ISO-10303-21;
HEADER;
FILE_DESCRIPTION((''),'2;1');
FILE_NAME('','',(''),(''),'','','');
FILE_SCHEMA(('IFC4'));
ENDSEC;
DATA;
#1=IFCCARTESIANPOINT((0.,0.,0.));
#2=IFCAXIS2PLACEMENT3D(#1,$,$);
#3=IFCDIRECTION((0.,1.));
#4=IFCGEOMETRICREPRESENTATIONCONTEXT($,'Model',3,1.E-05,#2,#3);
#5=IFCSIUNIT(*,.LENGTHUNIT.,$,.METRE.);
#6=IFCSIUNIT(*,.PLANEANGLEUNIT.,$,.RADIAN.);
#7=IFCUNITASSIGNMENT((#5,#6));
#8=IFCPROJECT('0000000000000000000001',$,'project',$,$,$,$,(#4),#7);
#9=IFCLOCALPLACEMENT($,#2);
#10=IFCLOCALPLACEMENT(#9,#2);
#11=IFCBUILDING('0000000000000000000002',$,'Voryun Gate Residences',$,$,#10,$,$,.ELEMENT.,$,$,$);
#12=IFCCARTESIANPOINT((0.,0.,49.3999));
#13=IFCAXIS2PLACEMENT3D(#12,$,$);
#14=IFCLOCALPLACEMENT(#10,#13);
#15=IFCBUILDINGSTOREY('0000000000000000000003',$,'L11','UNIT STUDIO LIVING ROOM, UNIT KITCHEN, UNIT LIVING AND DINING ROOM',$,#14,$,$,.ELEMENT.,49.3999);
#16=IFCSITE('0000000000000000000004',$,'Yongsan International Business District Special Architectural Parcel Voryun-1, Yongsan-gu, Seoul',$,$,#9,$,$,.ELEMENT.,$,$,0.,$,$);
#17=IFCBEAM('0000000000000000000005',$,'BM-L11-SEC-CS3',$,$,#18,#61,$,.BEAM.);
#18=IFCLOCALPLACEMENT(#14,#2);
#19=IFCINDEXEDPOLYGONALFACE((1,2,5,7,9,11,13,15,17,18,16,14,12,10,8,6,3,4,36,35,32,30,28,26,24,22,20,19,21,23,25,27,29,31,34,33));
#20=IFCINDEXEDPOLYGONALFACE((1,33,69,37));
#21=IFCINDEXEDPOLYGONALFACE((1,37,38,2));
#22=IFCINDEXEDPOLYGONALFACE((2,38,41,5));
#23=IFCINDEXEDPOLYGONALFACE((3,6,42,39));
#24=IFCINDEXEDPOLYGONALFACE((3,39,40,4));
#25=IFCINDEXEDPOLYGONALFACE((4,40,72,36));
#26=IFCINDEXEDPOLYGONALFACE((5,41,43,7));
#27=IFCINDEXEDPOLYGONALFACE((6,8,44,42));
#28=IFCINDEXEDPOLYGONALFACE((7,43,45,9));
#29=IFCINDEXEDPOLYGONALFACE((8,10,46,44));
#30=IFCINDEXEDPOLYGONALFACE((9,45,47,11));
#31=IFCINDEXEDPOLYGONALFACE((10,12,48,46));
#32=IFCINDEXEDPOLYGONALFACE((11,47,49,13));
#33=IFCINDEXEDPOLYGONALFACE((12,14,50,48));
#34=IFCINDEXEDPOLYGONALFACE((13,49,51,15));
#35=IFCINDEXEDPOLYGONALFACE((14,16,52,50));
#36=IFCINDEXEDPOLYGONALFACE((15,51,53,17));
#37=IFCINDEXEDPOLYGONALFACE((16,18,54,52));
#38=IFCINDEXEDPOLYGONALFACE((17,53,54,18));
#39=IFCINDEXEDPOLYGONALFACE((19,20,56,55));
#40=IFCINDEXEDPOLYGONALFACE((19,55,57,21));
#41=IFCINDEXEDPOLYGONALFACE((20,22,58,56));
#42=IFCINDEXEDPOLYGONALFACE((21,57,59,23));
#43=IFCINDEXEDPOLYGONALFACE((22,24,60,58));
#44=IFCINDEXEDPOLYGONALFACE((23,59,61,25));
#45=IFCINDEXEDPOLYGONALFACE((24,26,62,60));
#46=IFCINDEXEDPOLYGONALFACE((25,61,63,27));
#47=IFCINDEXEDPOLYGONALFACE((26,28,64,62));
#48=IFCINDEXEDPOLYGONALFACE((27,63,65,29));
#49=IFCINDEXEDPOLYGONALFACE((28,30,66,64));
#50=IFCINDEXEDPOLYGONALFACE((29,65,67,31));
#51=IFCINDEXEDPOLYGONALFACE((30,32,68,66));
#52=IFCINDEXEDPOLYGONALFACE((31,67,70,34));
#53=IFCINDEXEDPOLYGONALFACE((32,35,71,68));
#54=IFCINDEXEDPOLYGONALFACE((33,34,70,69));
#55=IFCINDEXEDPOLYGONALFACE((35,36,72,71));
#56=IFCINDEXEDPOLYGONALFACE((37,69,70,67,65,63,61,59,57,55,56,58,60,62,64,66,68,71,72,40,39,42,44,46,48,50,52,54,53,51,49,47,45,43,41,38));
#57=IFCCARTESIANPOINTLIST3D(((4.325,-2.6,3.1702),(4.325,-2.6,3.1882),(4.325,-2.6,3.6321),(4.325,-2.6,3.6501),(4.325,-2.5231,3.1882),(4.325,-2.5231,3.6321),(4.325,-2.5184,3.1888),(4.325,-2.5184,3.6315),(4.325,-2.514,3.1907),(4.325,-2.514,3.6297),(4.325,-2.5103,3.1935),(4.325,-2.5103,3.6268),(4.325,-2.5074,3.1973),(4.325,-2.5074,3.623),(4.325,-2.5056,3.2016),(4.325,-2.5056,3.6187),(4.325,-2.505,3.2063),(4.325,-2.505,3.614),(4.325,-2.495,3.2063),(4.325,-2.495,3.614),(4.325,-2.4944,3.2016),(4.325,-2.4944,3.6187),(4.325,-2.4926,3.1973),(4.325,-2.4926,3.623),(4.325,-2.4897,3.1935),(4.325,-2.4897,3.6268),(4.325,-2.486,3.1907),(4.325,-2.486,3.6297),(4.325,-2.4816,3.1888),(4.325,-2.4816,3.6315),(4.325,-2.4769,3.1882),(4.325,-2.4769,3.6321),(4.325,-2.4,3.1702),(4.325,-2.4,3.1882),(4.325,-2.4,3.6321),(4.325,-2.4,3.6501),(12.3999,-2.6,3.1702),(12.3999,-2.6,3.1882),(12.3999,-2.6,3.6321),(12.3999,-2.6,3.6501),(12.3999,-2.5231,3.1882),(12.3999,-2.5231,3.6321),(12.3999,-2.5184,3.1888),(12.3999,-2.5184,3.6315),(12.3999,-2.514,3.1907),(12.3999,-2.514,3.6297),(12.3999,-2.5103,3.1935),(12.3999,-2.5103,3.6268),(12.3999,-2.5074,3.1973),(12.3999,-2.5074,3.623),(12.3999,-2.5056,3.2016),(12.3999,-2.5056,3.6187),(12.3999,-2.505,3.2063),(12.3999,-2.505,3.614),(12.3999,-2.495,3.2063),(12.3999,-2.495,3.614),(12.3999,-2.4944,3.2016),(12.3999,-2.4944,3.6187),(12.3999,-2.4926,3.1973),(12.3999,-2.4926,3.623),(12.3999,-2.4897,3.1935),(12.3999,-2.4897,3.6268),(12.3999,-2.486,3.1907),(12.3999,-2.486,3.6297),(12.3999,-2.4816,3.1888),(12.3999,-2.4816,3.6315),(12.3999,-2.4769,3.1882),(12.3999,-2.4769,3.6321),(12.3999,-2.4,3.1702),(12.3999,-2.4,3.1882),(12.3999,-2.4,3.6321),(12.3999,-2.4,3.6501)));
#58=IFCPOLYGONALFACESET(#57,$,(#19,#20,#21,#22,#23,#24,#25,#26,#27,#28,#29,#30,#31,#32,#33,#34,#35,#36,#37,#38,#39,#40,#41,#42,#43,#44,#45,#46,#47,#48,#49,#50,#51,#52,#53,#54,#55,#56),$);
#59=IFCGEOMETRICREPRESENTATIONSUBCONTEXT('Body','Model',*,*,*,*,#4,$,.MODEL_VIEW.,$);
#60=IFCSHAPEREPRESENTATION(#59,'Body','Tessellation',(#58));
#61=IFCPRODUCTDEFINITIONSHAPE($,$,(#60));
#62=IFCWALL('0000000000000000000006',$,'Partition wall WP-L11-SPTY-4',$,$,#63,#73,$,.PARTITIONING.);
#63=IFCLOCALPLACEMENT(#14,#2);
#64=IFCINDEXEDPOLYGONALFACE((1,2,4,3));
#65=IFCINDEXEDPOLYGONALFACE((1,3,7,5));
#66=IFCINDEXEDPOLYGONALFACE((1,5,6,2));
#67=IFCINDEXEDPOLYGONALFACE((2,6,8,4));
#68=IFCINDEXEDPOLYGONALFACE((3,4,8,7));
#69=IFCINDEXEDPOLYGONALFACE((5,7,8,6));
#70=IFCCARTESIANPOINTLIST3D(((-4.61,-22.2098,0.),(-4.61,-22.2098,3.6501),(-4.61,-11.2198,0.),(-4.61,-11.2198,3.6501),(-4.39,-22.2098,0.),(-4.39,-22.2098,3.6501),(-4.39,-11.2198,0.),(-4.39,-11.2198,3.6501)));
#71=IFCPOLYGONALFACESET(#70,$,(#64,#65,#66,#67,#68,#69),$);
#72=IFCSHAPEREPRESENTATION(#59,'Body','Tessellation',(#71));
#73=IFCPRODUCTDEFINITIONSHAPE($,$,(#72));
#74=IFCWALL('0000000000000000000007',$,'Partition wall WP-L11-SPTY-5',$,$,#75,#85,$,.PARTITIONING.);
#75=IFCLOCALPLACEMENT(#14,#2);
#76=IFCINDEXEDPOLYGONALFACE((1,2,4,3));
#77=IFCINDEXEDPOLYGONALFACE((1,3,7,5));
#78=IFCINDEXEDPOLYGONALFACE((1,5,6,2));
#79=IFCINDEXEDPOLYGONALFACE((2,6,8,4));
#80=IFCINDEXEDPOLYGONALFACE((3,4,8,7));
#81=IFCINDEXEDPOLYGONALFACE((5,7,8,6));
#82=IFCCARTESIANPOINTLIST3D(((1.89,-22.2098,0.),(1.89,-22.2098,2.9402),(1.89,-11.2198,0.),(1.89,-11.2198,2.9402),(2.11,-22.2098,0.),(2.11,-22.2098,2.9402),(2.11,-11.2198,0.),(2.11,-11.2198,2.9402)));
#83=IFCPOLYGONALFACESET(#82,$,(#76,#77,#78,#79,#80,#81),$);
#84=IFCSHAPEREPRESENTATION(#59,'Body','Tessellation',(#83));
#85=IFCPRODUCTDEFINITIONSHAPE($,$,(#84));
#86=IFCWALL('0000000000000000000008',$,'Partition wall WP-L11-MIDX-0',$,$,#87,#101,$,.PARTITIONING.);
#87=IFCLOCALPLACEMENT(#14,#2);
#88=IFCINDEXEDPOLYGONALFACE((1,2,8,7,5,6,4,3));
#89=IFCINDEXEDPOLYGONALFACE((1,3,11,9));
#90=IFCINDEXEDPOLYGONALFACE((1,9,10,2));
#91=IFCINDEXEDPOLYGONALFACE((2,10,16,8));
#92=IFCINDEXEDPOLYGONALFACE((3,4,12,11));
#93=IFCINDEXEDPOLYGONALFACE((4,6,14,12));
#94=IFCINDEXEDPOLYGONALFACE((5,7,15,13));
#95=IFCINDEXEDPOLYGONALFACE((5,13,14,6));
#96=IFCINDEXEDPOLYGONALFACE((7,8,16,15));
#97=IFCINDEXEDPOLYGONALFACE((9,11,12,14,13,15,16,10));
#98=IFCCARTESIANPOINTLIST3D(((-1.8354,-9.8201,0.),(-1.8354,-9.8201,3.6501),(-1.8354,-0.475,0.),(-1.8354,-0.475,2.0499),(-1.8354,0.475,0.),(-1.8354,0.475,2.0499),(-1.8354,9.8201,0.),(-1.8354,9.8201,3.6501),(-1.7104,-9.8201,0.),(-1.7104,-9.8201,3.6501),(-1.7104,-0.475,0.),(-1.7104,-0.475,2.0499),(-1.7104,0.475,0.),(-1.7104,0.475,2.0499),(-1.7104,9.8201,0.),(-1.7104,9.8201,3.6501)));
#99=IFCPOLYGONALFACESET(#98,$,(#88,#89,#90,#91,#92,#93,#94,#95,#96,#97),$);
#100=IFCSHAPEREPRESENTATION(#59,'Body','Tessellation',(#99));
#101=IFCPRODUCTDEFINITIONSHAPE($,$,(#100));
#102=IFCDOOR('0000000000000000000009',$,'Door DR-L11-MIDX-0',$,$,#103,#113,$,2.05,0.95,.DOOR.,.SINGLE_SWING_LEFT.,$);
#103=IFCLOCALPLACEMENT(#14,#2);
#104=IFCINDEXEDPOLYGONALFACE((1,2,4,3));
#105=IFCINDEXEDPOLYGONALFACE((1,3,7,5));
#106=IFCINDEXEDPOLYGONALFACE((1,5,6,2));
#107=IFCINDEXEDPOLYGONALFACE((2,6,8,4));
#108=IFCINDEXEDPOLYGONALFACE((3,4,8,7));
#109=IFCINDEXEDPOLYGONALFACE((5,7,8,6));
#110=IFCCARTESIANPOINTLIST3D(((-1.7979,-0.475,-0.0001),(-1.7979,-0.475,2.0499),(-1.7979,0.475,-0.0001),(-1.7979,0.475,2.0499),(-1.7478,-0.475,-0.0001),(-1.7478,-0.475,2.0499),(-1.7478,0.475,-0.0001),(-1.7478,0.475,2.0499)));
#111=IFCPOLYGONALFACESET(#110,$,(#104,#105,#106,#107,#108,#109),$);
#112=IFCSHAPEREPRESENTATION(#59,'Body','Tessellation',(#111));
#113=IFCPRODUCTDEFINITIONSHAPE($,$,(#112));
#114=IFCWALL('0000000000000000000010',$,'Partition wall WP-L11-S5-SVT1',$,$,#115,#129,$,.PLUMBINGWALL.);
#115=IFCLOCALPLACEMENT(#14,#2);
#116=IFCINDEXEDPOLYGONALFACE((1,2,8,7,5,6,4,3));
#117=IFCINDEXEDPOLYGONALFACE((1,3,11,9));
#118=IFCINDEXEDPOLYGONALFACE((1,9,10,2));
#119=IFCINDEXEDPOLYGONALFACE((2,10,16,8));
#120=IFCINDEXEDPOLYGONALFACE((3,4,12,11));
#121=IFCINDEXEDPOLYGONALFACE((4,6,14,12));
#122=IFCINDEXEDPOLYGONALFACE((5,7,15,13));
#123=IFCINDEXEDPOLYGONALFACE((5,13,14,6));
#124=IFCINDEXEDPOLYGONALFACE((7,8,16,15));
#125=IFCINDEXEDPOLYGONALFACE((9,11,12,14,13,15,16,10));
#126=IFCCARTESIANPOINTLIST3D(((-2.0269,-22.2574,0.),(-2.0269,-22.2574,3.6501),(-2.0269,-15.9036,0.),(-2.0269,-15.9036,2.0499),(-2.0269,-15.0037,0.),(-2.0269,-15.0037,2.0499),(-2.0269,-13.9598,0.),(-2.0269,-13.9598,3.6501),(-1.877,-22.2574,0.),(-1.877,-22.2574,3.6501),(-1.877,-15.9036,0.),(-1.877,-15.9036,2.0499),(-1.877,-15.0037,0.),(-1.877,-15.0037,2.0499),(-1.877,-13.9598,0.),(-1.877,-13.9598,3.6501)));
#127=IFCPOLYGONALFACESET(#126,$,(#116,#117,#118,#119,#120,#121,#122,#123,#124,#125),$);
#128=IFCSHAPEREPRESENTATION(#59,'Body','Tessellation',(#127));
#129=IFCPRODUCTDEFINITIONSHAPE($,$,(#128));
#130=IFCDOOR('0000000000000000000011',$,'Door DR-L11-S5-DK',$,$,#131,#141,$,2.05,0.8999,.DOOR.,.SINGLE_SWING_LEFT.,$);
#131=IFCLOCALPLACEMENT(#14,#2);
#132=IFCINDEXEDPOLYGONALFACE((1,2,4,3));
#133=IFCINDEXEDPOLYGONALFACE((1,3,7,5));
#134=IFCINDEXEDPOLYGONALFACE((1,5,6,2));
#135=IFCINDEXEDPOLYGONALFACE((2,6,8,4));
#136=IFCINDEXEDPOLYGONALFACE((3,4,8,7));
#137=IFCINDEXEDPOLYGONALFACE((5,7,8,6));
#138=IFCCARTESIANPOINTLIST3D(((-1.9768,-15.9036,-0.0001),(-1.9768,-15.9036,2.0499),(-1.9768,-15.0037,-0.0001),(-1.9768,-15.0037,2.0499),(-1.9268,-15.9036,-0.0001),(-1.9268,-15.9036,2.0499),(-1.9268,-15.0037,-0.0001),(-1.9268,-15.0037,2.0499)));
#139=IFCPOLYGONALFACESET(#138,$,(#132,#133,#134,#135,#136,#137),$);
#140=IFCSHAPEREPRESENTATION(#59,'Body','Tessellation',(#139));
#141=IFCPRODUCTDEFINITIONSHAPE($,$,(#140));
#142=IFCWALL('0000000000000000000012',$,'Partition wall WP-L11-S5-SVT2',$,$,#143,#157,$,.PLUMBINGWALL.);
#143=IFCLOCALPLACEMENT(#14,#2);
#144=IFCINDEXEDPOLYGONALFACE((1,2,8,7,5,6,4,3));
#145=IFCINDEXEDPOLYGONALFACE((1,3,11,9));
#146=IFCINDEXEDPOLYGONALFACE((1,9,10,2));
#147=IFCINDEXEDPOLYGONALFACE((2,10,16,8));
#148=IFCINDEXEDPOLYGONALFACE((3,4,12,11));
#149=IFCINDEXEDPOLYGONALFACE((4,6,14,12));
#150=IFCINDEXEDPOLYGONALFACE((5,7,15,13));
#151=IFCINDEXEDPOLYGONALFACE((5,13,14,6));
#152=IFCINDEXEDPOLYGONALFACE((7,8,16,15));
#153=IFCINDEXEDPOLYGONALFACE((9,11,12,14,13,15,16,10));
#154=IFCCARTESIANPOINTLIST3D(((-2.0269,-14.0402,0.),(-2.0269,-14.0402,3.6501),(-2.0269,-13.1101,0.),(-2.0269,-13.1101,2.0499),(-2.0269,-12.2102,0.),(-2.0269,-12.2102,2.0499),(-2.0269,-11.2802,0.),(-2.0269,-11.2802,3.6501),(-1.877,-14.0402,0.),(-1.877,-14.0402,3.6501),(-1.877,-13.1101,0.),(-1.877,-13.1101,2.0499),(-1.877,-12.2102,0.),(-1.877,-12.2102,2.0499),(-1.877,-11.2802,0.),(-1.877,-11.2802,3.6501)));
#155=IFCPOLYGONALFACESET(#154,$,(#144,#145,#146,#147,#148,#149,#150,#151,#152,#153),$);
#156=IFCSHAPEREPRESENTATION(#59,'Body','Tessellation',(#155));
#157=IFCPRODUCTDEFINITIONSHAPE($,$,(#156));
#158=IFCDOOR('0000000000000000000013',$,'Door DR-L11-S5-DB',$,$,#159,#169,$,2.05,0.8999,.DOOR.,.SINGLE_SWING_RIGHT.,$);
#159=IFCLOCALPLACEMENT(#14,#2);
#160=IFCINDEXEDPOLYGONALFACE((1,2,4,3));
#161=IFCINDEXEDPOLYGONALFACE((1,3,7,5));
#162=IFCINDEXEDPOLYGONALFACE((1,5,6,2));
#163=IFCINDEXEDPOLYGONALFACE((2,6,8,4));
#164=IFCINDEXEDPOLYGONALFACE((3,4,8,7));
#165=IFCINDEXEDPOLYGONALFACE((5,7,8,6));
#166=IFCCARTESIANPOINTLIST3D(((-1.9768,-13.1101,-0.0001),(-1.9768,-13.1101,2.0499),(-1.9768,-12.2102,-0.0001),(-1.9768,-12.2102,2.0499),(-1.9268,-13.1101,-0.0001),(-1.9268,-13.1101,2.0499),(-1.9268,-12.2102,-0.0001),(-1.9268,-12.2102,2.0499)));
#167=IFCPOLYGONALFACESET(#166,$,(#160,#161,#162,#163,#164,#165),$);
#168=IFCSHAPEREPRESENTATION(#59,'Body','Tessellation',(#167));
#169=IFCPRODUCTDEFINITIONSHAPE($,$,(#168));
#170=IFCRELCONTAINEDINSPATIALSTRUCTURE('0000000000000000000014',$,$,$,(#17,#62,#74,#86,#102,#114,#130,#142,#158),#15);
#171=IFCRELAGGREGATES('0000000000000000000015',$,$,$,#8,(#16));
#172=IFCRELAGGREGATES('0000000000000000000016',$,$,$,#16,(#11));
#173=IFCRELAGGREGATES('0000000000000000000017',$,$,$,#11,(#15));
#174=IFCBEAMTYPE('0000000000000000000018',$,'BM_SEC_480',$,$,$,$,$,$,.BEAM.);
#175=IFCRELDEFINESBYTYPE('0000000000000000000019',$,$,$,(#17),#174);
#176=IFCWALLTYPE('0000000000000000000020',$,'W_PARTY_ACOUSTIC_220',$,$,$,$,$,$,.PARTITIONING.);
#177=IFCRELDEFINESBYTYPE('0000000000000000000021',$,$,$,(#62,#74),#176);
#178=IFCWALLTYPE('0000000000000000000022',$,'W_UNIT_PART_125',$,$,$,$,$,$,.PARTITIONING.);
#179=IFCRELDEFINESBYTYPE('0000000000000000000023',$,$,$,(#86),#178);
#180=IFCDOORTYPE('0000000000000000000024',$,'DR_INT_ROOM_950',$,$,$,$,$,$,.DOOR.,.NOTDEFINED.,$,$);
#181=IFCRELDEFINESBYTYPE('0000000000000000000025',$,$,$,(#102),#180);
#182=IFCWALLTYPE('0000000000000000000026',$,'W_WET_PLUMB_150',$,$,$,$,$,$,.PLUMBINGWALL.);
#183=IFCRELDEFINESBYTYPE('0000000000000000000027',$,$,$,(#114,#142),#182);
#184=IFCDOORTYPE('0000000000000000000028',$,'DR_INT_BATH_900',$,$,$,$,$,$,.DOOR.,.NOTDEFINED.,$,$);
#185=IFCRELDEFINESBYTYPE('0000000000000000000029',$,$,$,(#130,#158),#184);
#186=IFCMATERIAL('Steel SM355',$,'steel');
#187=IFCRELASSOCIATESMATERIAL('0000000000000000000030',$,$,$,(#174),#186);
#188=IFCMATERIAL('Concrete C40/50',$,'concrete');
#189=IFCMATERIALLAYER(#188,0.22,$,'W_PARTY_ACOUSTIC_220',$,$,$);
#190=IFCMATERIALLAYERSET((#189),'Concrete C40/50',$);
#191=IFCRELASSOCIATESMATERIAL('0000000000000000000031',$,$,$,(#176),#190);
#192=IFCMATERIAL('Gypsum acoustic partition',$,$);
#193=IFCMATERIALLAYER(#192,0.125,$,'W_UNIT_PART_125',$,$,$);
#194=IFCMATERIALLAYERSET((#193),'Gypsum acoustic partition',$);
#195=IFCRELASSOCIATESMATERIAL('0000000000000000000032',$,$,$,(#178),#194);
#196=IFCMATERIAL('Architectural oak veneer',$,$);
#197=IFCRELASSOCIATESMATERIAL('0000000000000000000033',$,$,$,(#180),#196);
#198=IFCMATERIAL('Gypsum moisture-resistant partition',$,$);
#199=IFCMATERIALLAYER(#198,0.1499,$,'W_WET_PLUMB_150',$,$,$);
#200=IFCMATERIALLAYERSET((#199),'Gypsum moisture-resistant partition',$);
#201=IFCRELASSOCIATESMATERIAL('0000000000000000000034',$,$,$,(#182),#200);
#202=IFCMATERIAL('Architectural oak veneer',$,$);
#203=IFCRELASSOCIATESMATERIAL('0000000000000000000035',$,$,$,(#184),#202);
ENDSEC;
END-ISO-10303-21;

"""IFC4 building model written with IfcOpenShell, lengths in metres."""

from ifc_helpers import new_model, si_unit, direction, frame, frame_2d, origin, origin_2d, place, context, subcontext, project, spatial, rectangle, i_section, extrude, material, layer, layer_set, material_profile, profile_set, type_object, element, fill, save


model = new_model("IFC4")

# Units and contexts
model_context = context("Model", 3, precision=1e-05, world=origin(), true_north=direction((0.0, 1.0)))
body_context = subcontext(model_context, "Body", "Model", "MODEL_VIEW")
ifc_project = project(units=[si_unit("LENGTHUNIT", "METRE"), si_unit("PLANEANGLEUNIT", "RADIAN")], contexts=[model_context])

# Site, building, storey
site_placement = place(None, origin())
site = spatial("IfcSite", under=ifc_project, at=site_placement, Name="Yongsan International Business District Special Architectural Parcel Voryun-1, Yongsan-gu, Seoul", CompositionType="ELEMENT", RefElevation=0.0)
building_placement = place(site_placement, origin())
building = spatial("IfcBuilding", under=site, at=building_placement, Name="Voryun Gate Residences", CompositionType="ELEMENT")
storey_placement = place(building_placement, frame((0.0, 0.0, 49.3999)))
storey = spatial("IfcBuildingStorey", under=building, at=storey_placement, Name="L11", Description="UNIT STUDIO LIVING ROOM, UNIT KITCHEN, UNIT LIVING AND DINING ROOM", CompositionType="ELEMENT", Elevation=49.3999)

# Beam
ifc_material_1 = material(Name="Steel SM355", Category="steel")
ifc_material_profile_1 = material_profile(ifc_material_1, i_section(OverallWidth=0.2, OverallDepth=0.48, WebThickness=0.01, FlangeThickness=0.0181, FilletRadius=0.0181, at=origin_2d()), Name="H-480x200x10x18")
ifc_profile_set_1 = profile_set([ifc_material_profile_1], Name="Steel SM355")
beam_type_1 = type_object("IfcBeamType", Name="BM_SEC_480", PredefinedType="BEAM", material=ifc_profile_set_1)
beam_1_placement = place(storey_placement, frame((4.325, -2.5, 3.4102), z_axis=(1.0, 0.0, 0.0), x_axis=(0.0, 1.0, 0.0)))
element("IfcBeam", 1, at=beam_1_placement, inside=storey, type_object=beam_type_1, Name="BM-L11-SEC-CS3", PredefinedType="BEAM", context=body_context, shape_type="SweptSolid", body=[
    extrude(i_section(OverallWidth=0.2, OverallDepth=0.48, WebThickness=0.01, FlangeThickness=0.0181, FilletRadius=0.0181, at=origin_2d()), origin(), (0.0, 0.0, 1.0), 8.075),
])

# Walls
ifc_material_2 = material(Name="Concrete C40/50", Category="concrete")
ifc_layer_1 = layer(ifc_material_2, 0.22, Name="W_PARTY_ACOUSTIC_220")
ifc_layer_set_1 = layer_set([ifc_layer_1], Name="Concrete C40/50")
wall_type_1 = type_object("IfcWallType", Name="W_PARTY_ACOUSTIC_220", PredefinedType="PARTITIONING", material=ifc_layer_set_1)
wall_1_placement = place(storey_placement, frame((-4.5, -22.21, 0.0), z_axis=(0.0, 0.0, 1.0), x_axis=(0.0, 1.0, 0.0)))
element("IfcWall", 2, at=wall_1_placement, inside=storey, type_object=wall_type_1, Name="Partition wall WP-L11-SPTY-4", PredefinedType="PARTITIONING", context=body_context, shape_type="SweptSolid", body=[
    extrude(rectangle(XDim=10.99, YDim=0.22, at=frame_2d((5.4951, 0.0))), origin(), (0.0, 0.0, 1.0), 3.6501),
])
wall_2_placement = place(storey_placement, frame((2.0, -22.21, 0.0), z_axis=(0.0, 0.0, 1.0), x_axis=(0.0, 1.0, 0.0)))
element("IfcWall", 3, at=wall_2_placement, inside=storey, type_object=wall_type_1, Name="Partition wall WP-L11-SPTY-5", PredefinedType="PARTITIONING", context=body_context, shape_type="SweptSolid", body=[
    extrude(rectangle(XDim=10.99, YDim=0.22, at=frame_2d((5.4951, 0.0))), origin(), (0.0, 0.0, 1.0), 2.9402),
])

# Walls, openings, doors
ifc_material_3 = material(Name="Gypsum acoustic partition")
ifc_layer_2 = layer(ifc_material_3, 0.125, Name="W_UNIT_PART_125")
ifc_layer_set_2 = layer_set([ifc_layer_2], Name="Gypsum acoustic partition")
wall_type_2 = type_object("IfcWallType", Name="W_UNIT_PART_125", PredefinedType="PARTITIONING", material=ifc_layer_set_2)
wall_3_placement = place(storey_placement, frame((-1.7729, -9.8201, 0.0), z_axis=(0.0, 0.0, 1.0), x_axis=(0.0, 1.0, 0.0)))
wall_3 = element("IfcWall", 4, at=wall_3_placement, inside=storey, type_object=wall_type_2, Name="Partition wall WP-L11-MIDX-0", PredefinedType="PARTITIONING", context=body_context, shape_type="SweptSolid", body=[
    extrude(rectangle(XDim=19.6401, YDim=0.125, at=frame_2d((9.8201, 0.0))), origin(), (0.0, 0.0, 1.0), 3.6501),
])
opening_1_placement = place(wall_3_placement, frame((9.345, 0.0, 0.0)))
opening_1 = element("IfcOpeningElement", 5, at=opening_1_placement, cuts=wall_3, PredefinedType="OPENING", context=body_context, shape_type="SweptSolid", body=[
    extrude(rectangle(XDim=0.95, YDim=2.05, at=frame_2d((0.4751, 1.0249))), frame((0.0, 0.0725, 0.0), z_axis=(0.0, -1.0, 0.0), x_axis=(1.0, 0.0, 0.0)), (0.0, 0.0, 1.0), 0.145),
])
ifc_material_4 = material(Name="Architectural oak veneer")
door_type_1 = type_object("IfcDoorType", Name="DR_INT_ROOM_950", OperationType="NOTDEFINED", PredefinedType="DOOR", material=ifc_material_4)
door_1_placement = place(opening_1_placement, origin())
door_1 = element("IfcDoor", 6, at=door_1_placement, inside=storey, type_object=door_type_1, Name="Door DR-L11-MIDX-0", OperationType="SINGLE_SWING_LEFT", OverallHeight=2.05, OverallWidth=0.95, PredefinedType="DOOR", context=body_context, shape_type="SweptSolid", body=[
    extrude(rectangle(XDim=0.95, YDim=2.05, at=frame_2d((0.4751, 1.0249))), frame((0.0, 0.0249, 0.0), z_axis=(0.0, -1.0, 0.0), x_axis=(1.0, 0.0, 0.0)), (0.0, 0.0, 1.0), 0.05),
])
fill(opening_1, door_1)
ifc_material_5 = material(Name="Gypsum moisture-resistant partition")
ifc_layer_3 = layer(ifc_material_5, 0.1499, Name="W_WET_PLUMB_150")
ifc_layer_set_3 = layer_set([ifc_layer_3], Name="Gypsum moisture-resistant partition")
wall_type_3 = type_object("IfcWallType", Name="W_WET_PLUMB_150", PredefinedType="PLUMBINGWALL", material=ifc_layer_set_3)
wall_4_placement = place(storey_placement, frame((-1.9519, -22.2576, 0.0), z_axis=(0.0, 0.0, 1.0), x_axis=(0.0, 1.0, 0.0)))
wall_4 = element("IfcWall", 7, at=wall_4_placement, inside=storey, type_object=wall_type_3, Name="Partition wall WP-L11-S5-SVT1", PredefinedType="PLUMBINGWALL", context=body_context, shape_type="SweptSolid", body=[
    extrude(rectangle(XDim=8.2976, YDim=0.1499, at=frame_2d((4.1489, 0.0))), origin(), (0.0, 0.0, 1.0), 3.6501),
])
opening_2_placement = place(wall_4_placement, frame((6.354, 0.0, 0.0)))
opening_2 = element("IfcOpeningElement", 8, at=opening_2_placement, cuts=wall_4, PredefinedType="OPENING", context=body_context, shape_type="SweptSolid", body=[
    extrude(rectangle(XDim=0.8999, YDim=2.05, at=frame_2d((0.45, 1.0249))), frame((0.0, 0.085, 0.0), z_axis=(0.0, -1.0, 0.0), x_axis=(1.0, 0.0, 0.0)), (0.0, 0.0, 1.0), 0.1699),
])
ifc_material_6 = material(Name="Architectural oak veneer")
door_type_2 = type_object("IfcDoorType", Name="DR_INT_BATH_900", OperationType="NOTDEFINED", PredefinedType="DOOR", material=ifc_material_6)
door_2_placement = place(opening_2_placement, origin())
door_2 = element("IfcDoor", 9, at=door_2_placement, inside=storey, type_object=door_type_2, Name="Door DR-L11-S5-DK", OperationType="SINGLE_SWING_LEFT", OverallHeight=2.05, OverallWidth=0.8999, PredefinedType="DOOR", context=body_context, shape_type="SweptSolid", body=[
    extrude(rectangle(XDim=0.8999, YDim=2.05, at=frame_2d((0.45, 1.0249))), frame((0.0, 0.0249, 0.0), z_axis=(0.0, -1.0, 0.0), x_axis=(1.0, 0.0, 0.0)), (0.0, 0.0, 1.0), 0.05),
])
fill(opening_2, door_2)
wall_5_placement = place(storey_placement, frame((-1.9519, -14.04, 0.0), z_axis=(0.0, 0.0, 1.0), x_axis=(0.0, 1.0, 0.0)))
wall_5 = element("IfcWall", 10, at=wall_5_placement, inside=storey, type_object=wall_type_3, Name="Partition wall WP-L11-S5-SVT2", PredefinedType="PLUMBINGWALL", context=body_context, shape_type="SweptSolid", body=[
    extrude(rectangle(XDim=2.76, YDim=0.1499, at=frame_2d((1.3799, 0.0))), origin(), (0.0, 0.0, 1.0), 3.6501),
])
opening_3_placement = place(wall_5_placement, frame((0.9299, 0.0, 0.0)))
opening_3 = element("IfcOpeningElement", 11, at=opening_3_placement, cuts=wall_5, PredefinedType="OPENING", context=body_context, shape_type="SweptSolid", body=[
    extrude(rectangle(XDim=0.8999, YDim=2.05, at=frame_2d((0.45, 1.0249))), frame((0.0, 0.085, 0.0), z_axis=(0.0, -1.0, 0.0), x_axis=(1.0, 0.0, 0.0)), (0.0, 0.0, 1.0), 0.1699),
])
door_3_placement = place(opening_3_placement, origin())
door_3 = element("IfcDoor", 12, at=door_3_placement, inside=storey, type_object=door_type_2, Name="Door DR-L11-S5-DB", OperationType="SINGLE_SWING_RIGHT", OverallHeight=2.05, OverallWidth=0.8999, PredefinedType="DOOR", context=body_context, shape_type="SweptSolid", body=[
    extrude(rectangle(XDim=0.8999, YDim=2.05, at=frame_2d((0.45, 1.0249))), frame((0.0, 0.0249, 0.0), z_axis=(0.0, -1.0, 0.0), x_axis=(1.0, 0.0, 0.0)), (0.0, 0.0, 1.0), 0.05),
])
fill(opening_3, door_3)

save(model, "model.ifc")
